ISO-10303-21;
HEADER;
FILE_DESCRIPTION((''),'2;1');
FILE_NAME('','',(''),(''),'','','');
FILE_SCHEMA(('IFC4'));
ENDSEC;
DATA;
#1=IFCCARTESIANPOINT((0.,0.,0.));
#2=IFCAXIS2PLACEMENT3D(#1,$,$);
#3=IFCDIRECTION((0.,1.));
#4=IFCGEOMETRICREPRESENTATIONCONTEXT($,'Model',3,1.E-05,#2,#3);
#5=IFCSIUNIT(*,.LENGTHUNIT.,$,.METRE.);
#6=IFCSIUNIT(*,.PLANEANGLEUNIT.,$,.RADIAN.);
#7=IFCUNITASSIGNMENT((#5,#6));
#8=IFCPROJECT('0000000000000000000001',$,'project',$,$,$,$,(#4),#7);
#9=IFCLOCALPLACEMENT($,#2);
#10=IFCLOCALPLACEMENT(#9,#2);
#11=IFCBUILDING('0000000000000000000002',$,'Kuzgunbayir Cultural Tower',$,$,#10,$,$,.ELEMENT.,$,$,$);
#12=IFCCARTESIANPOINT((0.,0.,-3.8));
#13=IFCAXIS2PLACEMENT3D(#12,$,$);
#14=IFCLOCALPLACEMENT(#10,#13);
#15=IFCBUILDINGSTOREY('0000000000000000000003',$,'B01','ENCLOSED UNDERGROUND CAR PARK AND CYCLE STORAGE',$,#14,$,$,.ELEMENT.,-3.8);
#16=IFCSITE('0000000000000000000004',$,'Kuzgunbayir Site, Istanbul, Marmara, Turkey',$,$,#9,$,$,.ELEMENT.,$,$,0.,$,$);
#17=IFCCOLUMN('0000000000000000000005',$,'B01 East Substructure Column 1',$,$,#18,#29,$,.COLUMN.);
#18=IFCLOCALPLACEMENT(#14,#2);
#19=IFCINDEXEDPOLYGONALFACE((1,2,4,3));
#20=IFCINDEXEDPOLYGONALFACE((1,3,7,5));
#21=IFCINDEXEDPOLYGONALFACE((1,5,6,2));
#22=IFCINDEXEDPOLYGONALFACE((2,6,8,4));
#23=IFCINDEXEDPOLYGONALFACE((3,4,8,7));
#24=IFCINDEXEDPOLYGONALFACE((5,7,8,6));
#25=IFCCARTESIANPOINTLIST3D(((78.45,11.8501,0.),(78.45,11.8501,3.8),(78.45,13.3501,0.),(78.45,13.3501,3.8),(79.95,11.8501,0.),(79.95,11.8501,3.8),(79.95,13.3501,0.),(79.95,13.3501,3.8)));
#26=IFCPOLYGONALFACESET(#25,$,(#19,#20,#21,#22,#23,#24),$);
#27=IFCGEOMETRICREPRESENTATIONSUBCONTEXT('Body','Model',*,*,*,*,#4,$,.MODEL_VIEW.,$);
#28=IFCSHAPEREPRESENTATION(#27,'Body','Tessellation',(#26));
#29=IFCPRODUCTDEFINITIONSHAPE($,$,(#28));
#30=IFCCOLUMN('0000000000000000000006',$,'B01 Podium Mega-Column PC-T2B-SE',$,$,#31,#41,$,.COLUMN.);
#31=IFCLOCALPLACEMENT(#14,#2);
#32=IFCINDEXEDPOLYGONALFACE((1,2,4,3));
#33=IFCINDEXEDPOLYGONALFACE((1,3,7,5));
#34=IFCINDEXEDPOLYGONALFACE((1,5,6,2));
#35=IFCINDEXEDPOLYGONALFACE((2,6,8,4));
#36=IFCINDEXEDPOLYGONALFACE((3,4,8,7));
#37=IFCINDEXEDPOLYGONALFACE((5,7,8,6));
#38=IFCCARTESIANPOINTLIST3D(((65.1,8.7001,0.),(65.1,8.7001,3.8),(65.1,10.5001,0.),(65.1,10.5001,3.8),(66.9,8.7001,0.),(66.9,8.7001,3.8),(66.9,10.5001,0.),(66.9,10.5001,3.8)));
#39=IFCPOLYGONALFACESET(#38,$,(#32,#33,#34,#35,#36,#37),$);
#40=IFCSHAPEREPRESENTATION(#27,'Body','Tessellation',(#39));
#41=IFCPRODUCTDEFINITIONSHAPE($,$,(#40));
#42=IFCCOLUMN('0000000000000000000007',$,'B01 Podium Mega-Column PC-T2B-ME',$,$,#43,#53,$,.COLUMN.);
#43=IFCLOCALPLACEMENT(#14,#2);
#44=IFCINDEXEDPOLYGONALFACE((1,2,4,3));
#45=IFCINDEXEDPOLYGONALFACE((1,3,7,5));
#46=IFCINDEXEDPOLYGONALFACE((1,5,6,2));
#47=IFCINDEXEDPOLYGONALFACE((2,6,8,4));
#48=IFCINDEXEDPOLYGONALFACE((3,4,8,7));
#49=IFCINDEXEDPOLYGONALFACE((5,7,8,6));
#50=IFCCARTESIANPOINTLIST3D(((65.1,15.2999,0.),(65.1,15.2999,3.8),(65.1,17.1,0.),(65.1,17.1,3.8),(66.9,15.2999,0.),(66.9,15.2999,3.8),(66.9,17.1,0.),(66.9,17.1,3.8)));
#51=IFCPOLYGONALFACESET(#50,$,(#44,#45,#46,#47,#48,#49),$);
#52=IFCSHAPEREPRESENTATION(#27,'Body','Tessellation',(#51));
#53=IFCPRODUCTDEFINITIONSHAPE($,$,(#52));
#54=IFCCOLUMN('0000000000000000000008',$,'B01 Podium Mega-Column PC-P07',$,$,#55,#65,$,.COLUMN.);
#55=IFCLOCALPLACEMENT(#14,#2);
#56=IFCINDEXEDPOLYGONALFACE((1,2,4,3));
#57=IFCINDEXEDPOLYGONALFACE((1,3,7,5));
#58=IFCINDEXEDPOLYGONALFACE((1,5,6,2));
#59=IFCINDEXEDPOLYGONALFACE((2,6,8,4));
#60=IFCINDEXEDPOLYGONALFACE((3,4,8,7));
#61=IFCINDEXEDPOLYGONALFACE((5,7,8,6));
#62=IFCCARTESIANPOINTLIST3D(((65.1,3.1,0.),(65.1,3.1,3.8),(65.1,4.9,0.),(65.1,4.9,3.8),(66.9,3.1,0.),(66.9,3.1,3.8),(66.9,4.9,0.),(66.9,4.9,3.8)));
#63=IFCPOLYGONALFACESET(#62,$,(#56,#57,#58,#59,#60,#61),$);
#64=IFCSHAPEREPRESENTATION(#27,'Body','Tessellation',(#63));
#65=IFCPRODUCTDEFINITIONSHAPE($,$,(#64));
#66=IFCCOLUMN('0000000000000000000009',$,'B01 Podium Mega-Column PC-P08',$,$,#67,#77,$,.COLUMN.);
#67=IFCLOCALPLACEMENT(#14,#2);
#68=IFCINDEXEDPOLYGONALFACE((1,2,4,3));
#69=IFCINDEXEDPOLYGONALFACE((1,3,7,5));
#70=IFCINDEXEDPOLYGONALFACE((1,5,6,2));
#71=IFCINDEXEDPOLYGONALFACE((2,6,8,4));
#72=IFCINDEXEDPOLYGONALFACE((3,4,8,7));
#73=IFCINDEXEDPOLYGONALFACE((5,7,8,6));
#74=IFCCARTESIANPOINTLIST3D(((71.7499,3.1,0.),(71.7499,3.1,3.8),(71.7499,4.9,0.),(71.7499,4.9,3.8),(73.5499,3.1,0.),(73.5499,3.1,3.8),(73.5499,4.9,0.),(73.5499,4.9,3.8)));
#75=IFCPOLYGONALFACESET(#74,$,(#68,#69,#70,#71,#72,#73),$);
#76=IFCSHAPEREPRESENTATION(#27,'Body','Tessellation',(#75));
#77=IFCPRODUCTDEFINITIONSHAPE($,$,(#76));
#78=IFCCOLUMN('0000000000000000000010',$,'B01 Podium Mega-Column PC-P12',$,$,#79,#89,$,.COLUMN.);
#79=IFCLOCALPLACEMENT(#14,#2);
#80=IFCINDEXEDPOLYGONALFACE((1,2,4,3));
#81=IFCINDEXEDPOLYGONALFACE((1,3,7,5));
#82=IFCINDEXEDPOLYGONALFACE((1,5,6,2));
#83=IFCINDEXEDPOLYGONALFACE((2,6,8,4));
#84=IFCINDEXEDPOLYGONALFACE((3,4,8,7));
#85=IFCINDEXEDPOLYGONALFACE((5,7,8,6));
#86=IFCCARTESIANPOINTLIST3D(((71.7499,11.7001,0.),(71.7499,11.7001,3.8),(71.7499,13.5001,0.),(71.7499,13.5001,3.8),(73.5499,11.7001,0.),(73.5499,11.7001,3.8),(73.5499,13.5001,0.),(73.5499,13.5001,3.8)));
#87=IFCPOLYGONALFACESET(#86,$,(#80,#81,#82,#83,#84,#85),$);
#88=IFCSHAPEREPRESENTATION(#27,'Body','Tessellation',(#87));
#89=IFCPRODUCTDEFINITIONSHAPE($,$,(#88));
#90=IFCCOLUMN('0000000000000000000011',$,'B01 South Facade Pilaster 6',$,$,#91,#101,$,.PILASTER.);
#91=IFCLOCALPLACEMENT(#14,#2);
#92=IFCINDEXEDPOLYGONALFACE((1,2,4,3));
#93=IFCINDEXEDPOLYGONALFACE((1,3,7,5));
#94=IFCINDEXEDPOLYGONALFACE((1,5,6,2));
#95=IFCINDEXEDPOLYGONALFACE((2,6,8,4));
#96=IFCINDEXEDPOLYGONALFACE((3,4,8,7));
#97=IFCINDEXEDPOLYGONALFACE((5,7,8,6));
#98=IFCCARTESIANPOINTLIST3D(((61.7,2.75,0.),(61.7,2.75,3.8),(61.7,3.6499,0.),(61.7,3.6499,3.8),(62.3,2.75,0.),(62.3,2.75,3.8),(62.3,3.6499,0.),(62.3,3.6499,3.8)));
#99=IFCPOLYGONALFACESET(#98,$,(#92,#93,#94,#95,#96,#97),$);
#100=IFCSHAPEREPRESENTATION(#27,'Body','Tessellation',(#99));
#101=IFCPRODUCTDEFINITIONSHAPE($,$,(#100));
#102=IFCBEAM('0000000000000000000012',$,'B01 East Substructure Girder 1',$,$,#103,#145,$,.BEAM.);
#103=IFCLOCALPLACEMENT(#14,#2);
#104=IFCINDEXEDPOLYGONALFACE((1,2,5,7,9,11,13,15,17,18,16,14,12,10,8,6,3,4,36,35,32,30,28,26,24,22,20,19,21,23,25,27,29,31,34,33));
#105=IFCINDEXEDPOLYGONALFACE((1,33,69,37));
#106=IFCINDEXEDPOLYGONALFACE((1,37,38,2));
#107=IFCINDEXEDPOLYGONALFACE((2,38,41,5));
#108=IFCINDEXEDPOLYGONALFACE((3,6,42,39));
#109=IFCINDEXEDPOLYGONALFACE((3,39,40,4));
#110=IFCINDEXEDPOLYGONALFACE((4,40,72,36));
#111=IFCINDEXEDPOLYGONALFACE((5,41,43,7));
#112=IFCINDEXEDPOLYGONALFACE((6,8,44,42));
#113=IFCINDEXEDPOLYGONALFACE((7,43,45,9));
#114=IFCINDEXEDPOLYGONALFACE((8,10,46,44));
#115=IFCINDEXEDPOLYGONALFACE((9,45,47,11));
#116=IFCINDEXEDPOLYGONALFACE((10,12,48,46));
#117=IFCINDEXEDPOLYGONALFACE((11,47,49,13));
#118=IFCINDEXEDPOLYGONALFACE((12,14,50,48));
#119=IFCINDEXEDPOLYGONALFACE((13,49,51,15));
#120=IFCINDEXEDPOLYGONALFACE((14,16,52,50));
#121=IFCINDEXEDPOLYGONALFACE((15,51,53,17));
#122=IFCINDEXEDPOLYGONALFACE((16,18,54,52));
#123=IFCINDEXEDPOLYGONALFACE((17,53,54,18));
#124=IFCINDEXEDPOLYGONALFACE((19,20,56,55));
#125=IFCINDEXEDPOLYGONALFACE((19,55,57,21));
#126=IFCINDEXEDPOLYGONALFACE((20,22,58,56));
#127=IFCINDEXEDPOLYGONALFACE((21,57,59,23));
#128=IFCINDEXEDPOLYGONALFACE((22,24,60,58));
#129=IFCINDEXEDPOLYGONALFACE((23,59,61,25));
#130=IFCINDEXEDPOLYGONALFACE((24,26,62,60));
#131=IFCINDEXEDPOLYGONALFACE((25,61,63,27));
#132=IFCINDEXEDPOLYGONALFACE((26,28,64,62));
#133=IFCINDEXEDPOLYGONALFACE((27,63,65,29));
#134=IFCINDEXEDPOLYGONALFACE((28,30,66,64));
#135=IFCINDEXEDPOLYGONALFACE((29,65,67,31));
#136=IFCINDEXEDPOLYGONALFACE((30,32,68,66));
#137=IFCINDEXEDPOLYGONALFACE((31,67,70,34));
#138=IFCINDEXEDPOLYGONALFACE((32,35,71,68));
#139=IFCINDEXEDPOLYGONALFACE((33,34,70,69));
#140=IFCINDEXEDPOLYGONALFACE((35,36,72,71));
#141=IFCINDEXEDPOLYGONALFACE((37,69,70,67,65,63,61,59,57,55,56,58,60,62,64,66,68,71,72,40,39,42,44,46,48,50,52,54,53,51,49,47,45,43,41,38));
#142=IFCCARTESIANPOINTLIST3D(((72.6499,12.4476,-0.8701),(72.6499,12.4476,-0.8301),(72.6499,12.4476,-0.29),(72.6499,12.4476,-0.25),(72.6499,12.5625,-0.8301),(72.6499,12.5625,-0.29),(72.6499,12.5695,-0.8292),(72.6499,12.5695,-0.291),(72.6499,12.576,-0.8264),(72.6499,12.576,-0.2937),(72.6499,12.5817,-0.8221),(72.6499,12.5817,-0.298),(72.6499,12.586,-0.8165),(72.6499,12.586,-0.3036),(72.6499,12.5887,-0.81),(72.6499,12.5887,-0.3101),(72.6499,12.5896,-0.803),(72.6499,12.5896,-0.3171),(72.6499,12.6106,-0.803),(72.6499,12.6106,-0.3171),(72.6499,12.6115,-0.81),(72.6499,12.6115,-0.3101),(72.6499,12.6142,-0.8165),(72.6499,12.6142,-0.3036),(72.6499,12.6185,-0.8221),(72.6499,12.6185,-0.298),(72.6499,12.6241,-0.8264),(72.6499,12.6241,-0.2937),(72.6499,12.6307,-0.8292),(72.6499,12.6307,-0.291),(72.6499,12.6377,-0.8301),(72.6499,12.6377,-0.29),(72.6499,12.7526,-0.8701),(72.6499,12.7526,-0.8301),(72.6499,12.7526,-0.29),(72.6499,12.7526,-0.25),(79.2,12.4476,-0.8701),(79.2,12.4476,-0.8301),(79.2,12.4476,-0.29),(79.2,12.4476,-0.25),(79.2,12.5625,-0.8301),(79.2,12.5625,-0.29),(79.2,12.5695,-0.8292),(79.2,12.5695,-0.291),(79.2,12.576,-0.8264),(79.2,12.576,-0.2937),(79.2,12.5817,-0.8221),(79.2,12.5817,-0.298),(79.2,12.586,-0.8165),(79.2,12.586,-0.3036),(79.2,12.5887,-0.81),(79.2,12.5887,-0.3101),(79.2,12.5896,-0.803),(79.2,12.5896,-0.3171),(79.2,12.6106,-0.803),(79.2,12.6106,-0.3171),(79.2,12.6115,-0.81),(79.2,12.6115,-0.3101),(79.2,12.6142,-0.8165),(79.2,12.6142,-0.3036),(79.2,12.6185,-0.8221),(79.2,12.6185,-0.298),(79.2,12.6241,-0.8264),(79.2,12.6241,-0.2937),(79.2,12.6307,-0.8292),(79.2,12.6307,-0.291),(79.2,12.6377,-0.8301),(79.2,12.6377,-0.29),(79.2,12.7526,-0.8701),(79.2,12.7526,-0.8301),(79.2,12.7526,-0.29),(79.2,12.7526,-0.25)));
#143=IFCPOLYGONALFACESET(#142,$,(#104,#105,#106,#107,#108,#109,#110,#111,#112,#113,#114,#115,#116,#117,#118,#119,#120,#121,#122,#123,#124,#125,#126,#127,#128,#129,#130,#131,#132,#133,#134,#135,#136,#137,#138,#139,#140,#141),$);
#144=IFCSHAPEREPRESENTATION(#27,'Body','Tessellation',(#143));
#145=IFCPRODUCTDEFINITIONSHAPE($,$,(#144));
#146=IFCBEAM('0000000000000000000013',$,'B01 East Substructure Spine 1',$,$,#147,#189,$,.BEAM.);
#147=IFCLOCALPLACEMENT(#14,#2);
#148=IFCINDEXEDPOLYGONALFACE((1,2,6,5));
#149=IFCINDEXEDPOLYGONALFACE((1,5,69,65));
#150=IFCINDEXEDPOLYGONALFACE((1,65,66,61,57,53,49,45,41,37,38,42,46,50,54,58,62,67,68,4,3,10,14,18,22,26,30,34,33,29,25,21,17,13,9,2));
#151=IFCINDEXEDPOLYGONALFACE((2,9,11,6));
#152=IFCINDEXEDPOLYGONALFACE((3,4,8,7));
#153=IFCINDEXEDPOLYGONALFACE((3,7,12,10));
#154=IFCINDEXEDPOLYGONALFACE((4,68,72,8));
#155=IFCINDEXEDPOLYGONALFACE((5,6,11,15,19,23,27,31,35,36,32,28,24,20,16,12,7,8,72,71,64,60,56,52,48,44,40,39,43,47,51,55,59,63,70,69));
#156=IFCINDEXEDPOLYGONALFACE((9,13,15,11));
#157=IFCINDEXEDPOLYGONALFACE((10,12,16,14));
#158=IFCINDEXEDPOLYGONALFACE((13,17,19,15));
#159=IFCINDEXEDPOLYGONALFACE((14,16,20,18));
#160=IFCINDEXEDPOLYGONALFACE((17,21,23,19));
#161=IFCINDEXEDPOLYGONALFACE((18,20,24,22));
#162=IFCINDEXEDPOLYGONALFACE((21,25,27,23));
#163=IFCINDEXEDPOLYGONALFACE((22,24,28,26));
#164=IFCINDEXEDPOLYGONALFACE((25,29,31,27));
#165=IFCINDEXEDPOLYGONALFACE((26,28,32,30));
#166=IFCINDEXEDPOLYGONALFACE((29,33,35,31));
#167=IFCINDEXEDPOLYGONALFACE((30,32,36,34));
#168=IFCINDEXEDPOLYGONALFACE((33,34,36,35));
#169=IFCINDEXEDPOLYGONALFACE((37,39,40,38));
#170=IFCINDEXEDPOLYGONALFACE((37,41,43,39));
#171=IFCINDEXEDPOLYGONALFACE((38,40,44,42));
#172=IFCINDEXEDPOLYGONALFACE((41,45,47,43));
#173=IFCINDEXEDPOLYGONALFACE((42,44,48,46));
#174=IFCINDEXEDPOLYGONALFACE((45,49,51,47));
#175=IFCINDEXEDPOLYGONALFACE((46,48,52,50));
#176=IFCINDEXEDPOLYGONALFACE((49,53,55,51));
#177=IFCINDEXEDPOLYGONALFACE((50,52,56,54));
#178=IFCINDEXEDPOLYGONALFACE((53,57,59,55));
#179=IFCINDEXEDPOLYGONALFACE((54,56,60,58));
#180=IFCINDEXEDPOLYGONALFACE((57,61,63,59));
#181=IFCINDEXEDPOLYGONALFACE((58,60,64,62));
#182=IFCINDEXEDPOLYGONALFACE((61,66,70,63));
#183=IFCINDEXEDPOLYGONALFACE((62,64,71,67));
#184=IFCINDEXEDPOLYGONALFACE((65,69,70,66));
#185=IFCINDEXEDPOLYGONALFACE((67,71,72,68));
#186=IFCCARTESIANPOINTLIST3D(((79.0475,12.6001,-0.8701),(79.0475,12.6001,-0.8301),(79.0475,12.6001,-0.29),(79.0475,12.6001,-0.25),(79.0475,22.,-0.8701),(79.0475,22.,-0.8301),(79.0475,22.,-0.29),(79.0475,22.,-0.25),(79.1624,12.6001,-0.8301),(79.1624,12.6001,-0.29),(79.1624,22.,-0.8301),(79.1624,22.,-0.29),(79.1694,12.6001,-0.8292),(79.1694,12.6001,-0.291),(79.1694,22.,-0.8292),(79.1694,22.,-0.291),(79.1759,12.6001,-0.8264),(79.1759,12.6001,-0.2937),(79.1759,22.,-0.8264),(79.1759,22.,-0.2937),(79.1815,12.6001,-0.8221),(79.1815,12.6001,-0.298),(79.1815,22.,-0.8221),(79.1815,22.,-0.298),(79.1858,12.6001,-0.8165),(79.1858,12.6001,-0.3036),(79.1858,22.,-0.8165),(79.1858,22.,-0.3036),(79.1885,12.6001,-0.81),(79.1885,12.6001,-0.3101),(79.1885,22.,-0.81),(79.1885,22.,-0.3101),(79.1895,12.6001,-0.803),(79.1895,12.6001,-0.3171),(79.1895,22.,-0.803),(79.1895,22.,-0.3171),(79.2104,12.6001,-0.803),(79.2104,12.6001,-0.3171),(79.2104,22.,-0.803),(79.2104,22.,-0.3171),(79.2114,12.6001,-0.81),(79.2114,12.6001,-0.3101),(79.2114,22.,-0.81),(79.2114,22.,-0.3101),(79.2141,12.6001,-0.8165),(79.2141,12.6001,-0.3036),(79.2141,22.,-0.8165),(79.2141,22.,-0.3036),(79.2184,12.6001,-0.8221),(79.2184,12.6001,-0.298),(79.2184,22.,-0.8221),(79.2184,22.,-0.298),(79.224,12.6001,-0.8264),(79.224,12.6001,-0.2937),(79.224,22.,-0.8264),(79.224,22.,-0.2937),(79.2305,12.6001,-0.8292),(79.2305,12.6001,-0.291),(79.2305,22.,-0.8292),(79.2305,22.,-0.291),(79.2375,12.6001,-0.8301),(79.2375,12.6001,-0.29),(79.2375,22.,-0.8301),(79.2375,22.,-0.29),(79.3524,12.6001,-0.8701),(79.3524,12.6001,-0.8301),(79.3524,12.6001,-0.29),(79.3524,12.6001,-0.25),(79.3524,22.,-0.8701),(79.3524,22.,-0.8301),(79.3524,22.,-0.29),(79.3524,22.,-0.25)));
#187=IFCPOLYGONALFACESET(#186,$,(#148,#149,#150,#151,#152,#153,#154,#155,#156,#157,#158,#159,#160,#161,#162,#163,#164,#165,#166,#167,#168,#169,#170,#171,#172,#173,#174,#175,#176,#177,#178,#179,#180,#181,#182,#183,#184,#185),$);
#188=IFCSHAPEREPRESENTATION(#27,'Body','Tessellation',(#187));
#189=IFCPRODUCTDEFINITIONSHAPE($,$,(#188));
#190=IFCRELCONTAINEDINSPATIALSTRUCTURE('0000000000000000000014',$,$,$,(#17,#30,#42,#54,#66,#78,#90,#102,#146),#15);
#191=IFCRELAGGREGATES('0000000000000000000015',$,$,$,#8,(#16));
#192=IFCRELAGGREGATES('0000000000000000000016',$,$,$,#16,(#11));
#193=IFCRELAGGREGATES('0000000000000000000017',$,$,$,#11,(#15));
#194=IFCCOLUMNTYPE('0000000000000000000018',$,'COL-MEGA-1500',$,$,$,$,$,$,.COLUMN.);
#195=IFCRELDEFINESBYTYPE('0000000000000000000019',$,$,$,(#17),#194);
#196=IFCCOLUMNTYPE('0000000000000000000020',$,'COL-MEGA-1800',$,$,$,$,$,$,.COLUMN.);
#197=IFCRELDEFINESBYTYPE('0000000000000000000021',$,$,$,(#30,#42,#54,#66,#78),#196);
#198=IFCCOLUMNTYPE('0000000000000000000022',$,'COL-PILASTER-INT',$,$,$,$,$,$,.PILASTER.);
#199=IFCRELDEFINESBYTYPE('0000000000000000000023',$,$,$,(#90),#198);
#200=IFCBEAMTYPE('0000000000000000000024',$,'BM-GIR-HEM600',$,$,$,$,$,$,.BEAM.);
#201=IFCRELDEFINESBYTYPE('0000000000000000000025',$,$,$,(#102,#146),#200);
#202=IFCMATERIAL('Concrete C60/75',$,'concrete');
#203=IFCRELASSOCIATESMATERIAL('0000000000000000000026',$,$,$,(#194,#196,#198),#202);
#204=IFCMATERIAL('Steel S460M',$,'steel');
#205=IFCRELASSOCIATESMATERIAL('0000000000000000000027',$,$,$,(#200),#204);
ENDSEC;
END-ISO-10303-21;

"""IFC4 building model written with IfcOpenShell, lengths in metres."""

from ifc_helpers import new_model, si_unit, direction, frame, origin, origin_2d, place, context, subcontext, project, spatial, rectangle, i_section, extrude, material, material_profile, profile_set, type_object, element, save


model = new_model("IFC4")

# Units and contexts
model_context = context("Model", 3, precision=1e-05, world=origin(), true_north=direction((0.0, 1.0)))
body_context = subcontext(model_context, "Body", "Model", "MODEL_VIEW")
ifc_project = project(units=[si_unit("LENGTHUNIT", "METRE"), si_unit("PLANEANGLEUNIT", "RADIAN")], contexts=[model_context])

# Site, building, storey
site_placement = place(None, origin())
site = spatial("IfcSite", under=ifc_project, at=site_placement, Name="Kuzgunbayir Site, Istanbul, Marmara, Turkey", CompositionType="ELEMENT", RefElevation=0.0)
building_placement = place(site_placement, origin())
building = spatial("IfcBuilding", under=site, at=building_placement, Name="Kuzgunbayir Cultural Tower", CompositionType="ELEMENT")
storey_placement = place(building_placement, frame((0.0, 0.0, -3.8)))
storey = spatial("IfcBuildingStorey", under=building, at=storey_placement, Name="B01", Description="ENCLOSED UNDERGROUND CAR PARK AND CYCLE STORAGE", CompositionType="ELEMENT", Elevation=-3.8)

# Columns
ifc_material_1 = material(Name="Concrete C60/75", Category="concrete")
ifc_material_profile_1 = material_profile(ifc_material_1, rectangle(XDim=1.5, YDim=1.5, at=origin_2d()), Name="RC 1500x1500")
ifc_profile_set_1 = profile_set([ifc_material_profile_1], Name="Concrete C60/75")
column_type_1 = type_object("IfcColumnType", Name="COL-MEGA-1500", PredefinedType="COLUMN", material=ifc_profile_set_1)
column_1_placement = place(storey_placement, frame((79.2, 12.6001, 0.0), z_axis=(0.0, 0.0, 1.0), x_axis=(1.0, 0.0, 0.0)))
element("IfcColumn", 1, at=column_1_placement, inside=storey, type_object=column_type_1, Name="B01 East Substructure Column 1", PredefinedType="COLUMN", context=body_context, shape_type="SweptSolid", body=[
    extrude(rectangle(XDim=1.5, YDim=1.5, at=origin_2d()), origin(), (0.0, 0.0, 1.0), 3.8),
])
ifc_material_profile_2 = material_profile(ifc_material_1, rectangle(XDim=1.8, YDim=1.8, at=origin_2d()), Name="RC 1800x1800")
ifc_profile_set_2 = profile_set([ifc_material_profile_2], Name="Concrete C60/75")
column_type_2 = type_object("IfcColumnType", Name="COL-MEGA-1800", PredefinedType="COLUMN", material=ifc_profile_set_2)
for number, where, z_axis, x_axis, name in (
    (2, (66.0, 9.6001, 0.0), (0.0, 0.0, 1.0), (1.0, 0.0, 0.0), "B01 Podium Mega-Column PC-T2B-SE"),
    (3, (66.0, 16.2, 0.0), (0.0, 0.0, 1.0), (1.0, 0.0, 0.0), "B01 Podium Mega-Column PC-T2B-ME"),
    (4, (66.0, 4.0, 0.0), (0.0, 0.0, 1.0), (1.0, 0.0, 0.0), "B01 Podium Mega-Column PC-P07"),
    (5, (72.6499, 4.0, 0.0), (0.0, 0.0, 1.0), (1.0, 0.0, 0.0), "B01 Podium Mega-Column PC-P08"),
    (6, (72.6499, 12.6001, 0.0), (0.0, 0.0, 1.0), (1.0, 0.0, 0.0), "B01 Podium Mega-Column PC-P12"),
):
    element("IfcColumn", number, at=place(storey_placement, frame(where, z_axis=z_axis, x_axis=x_axis)), inside=storey, type_object=column_type_2, Name=name, PredefinedType="COLUMN", context=body_context, shape_type="SweptSolid", body=[
        extrude(rectangle(XDim=1.8, YDim=1.8, at=origin_2d()), origin(), (0.0, 0.0, 1.0), 3.8),
    ])
ifc_material_profile_3 = material_profile(ifc_material_1, rectangle(XDim=0.6001, YDim=0.8999, at=origin_2d()), Name="RC 600x900")
ifc_profile_set_3 = profile_set([ifc_material_profile_3], Name="Concrete C60/75")
column_type_3 = type_object("IfcColumnType", Name="COL-PILASTER-INT", PredefinedType="PILASTER", material=ifc_profile_set_3)
column_2_placement = place(storey_placement, frame((62.0, 3.2, 0.0), z_axis=(0.0, 0.0, 1.0), x_axis=(1.0, 0.0, 0.0)))
element("IfcColumn", 7, at=column_2_placement, inside=storey, type_object=column_type_3, Name="B01 South Facade Pilaster 6", PredefinedType="PILASTER", context=body_context, shape_type="SweptSolid", body=[
    extrude(rectangle(XDim=0.6001, YDim=0.8999, at=origin_2d()), origin(), (0.0, 0.0, 1.0), 3.8),
])

# Beams
ifc_material_2 = material(Name="Steel S460M", Category="steel")
ifc_material_profile_4 = material_profile(ifc_material_2, i_section(OverallWidth=0.3049, OverallDepth=0.6201, WebThickness=0.021, FlangeThickness=0.04, FilletRadius=0.0271, at=origin_2d()), Name="HEM 600")
ifc_profile_set_4 = profile_set([ifc_material_profile_4], Name="Steel S460M")
beam_type_1 = type_object("IfcBeamType", Name="BM-GIR-HEM600", PredefinedType="BEAM", material=ifc_profile_set_4)
beam_1_placement = place(storey_placement, frame((72.6499, 12.6001, -0.5601), z_axis=(1.0, 0.0, 0.0), x_axis=(0.0, 1.0, 0.0)))
element("IfcBeam", 8, at=beam_1_placement, inside=storey, type_object=beam_type_1, Name="B01 East Substructure Girder 1", PredefinedType="BEAM", context=body_context, shape_type="SweptSolid", body=[
    extrude(i_section(OverallWidth=0.3049, OverallDepth=0.6201, WebThickness=0.021, FlangeThickness=0.04, FilletRadius=0.0271, at=origin_2d()), origin(), (0.0, 0.0, 1.0), 6.55),
])
beam_2_placement = place(storey_placement, frame((79.2, 12.6001, -0.5601), z_axis=(0.0, 1.0, 0.0), x_axis=(-1.0, 0.0, 0.0)))
element("IfcBeam", 9, at=beam_2_placement, inside=storey, type_object=beam_type_1, Name="B01 East Substructure Spine 1", PredefinedType="BEAM", context=body_context, shape_type="SweptSolid", body=[
    extrude(i_section(OverallWidth=0.3049, OverallDepth=0.6201, WebThickness=0.021, FlangeThickness=0.04, FilletRadius=0.0271, at=origin_2d()), origin(), (0.0, 0.0, 1.0), 9.3999),
])

save(model, "model.ifc")
